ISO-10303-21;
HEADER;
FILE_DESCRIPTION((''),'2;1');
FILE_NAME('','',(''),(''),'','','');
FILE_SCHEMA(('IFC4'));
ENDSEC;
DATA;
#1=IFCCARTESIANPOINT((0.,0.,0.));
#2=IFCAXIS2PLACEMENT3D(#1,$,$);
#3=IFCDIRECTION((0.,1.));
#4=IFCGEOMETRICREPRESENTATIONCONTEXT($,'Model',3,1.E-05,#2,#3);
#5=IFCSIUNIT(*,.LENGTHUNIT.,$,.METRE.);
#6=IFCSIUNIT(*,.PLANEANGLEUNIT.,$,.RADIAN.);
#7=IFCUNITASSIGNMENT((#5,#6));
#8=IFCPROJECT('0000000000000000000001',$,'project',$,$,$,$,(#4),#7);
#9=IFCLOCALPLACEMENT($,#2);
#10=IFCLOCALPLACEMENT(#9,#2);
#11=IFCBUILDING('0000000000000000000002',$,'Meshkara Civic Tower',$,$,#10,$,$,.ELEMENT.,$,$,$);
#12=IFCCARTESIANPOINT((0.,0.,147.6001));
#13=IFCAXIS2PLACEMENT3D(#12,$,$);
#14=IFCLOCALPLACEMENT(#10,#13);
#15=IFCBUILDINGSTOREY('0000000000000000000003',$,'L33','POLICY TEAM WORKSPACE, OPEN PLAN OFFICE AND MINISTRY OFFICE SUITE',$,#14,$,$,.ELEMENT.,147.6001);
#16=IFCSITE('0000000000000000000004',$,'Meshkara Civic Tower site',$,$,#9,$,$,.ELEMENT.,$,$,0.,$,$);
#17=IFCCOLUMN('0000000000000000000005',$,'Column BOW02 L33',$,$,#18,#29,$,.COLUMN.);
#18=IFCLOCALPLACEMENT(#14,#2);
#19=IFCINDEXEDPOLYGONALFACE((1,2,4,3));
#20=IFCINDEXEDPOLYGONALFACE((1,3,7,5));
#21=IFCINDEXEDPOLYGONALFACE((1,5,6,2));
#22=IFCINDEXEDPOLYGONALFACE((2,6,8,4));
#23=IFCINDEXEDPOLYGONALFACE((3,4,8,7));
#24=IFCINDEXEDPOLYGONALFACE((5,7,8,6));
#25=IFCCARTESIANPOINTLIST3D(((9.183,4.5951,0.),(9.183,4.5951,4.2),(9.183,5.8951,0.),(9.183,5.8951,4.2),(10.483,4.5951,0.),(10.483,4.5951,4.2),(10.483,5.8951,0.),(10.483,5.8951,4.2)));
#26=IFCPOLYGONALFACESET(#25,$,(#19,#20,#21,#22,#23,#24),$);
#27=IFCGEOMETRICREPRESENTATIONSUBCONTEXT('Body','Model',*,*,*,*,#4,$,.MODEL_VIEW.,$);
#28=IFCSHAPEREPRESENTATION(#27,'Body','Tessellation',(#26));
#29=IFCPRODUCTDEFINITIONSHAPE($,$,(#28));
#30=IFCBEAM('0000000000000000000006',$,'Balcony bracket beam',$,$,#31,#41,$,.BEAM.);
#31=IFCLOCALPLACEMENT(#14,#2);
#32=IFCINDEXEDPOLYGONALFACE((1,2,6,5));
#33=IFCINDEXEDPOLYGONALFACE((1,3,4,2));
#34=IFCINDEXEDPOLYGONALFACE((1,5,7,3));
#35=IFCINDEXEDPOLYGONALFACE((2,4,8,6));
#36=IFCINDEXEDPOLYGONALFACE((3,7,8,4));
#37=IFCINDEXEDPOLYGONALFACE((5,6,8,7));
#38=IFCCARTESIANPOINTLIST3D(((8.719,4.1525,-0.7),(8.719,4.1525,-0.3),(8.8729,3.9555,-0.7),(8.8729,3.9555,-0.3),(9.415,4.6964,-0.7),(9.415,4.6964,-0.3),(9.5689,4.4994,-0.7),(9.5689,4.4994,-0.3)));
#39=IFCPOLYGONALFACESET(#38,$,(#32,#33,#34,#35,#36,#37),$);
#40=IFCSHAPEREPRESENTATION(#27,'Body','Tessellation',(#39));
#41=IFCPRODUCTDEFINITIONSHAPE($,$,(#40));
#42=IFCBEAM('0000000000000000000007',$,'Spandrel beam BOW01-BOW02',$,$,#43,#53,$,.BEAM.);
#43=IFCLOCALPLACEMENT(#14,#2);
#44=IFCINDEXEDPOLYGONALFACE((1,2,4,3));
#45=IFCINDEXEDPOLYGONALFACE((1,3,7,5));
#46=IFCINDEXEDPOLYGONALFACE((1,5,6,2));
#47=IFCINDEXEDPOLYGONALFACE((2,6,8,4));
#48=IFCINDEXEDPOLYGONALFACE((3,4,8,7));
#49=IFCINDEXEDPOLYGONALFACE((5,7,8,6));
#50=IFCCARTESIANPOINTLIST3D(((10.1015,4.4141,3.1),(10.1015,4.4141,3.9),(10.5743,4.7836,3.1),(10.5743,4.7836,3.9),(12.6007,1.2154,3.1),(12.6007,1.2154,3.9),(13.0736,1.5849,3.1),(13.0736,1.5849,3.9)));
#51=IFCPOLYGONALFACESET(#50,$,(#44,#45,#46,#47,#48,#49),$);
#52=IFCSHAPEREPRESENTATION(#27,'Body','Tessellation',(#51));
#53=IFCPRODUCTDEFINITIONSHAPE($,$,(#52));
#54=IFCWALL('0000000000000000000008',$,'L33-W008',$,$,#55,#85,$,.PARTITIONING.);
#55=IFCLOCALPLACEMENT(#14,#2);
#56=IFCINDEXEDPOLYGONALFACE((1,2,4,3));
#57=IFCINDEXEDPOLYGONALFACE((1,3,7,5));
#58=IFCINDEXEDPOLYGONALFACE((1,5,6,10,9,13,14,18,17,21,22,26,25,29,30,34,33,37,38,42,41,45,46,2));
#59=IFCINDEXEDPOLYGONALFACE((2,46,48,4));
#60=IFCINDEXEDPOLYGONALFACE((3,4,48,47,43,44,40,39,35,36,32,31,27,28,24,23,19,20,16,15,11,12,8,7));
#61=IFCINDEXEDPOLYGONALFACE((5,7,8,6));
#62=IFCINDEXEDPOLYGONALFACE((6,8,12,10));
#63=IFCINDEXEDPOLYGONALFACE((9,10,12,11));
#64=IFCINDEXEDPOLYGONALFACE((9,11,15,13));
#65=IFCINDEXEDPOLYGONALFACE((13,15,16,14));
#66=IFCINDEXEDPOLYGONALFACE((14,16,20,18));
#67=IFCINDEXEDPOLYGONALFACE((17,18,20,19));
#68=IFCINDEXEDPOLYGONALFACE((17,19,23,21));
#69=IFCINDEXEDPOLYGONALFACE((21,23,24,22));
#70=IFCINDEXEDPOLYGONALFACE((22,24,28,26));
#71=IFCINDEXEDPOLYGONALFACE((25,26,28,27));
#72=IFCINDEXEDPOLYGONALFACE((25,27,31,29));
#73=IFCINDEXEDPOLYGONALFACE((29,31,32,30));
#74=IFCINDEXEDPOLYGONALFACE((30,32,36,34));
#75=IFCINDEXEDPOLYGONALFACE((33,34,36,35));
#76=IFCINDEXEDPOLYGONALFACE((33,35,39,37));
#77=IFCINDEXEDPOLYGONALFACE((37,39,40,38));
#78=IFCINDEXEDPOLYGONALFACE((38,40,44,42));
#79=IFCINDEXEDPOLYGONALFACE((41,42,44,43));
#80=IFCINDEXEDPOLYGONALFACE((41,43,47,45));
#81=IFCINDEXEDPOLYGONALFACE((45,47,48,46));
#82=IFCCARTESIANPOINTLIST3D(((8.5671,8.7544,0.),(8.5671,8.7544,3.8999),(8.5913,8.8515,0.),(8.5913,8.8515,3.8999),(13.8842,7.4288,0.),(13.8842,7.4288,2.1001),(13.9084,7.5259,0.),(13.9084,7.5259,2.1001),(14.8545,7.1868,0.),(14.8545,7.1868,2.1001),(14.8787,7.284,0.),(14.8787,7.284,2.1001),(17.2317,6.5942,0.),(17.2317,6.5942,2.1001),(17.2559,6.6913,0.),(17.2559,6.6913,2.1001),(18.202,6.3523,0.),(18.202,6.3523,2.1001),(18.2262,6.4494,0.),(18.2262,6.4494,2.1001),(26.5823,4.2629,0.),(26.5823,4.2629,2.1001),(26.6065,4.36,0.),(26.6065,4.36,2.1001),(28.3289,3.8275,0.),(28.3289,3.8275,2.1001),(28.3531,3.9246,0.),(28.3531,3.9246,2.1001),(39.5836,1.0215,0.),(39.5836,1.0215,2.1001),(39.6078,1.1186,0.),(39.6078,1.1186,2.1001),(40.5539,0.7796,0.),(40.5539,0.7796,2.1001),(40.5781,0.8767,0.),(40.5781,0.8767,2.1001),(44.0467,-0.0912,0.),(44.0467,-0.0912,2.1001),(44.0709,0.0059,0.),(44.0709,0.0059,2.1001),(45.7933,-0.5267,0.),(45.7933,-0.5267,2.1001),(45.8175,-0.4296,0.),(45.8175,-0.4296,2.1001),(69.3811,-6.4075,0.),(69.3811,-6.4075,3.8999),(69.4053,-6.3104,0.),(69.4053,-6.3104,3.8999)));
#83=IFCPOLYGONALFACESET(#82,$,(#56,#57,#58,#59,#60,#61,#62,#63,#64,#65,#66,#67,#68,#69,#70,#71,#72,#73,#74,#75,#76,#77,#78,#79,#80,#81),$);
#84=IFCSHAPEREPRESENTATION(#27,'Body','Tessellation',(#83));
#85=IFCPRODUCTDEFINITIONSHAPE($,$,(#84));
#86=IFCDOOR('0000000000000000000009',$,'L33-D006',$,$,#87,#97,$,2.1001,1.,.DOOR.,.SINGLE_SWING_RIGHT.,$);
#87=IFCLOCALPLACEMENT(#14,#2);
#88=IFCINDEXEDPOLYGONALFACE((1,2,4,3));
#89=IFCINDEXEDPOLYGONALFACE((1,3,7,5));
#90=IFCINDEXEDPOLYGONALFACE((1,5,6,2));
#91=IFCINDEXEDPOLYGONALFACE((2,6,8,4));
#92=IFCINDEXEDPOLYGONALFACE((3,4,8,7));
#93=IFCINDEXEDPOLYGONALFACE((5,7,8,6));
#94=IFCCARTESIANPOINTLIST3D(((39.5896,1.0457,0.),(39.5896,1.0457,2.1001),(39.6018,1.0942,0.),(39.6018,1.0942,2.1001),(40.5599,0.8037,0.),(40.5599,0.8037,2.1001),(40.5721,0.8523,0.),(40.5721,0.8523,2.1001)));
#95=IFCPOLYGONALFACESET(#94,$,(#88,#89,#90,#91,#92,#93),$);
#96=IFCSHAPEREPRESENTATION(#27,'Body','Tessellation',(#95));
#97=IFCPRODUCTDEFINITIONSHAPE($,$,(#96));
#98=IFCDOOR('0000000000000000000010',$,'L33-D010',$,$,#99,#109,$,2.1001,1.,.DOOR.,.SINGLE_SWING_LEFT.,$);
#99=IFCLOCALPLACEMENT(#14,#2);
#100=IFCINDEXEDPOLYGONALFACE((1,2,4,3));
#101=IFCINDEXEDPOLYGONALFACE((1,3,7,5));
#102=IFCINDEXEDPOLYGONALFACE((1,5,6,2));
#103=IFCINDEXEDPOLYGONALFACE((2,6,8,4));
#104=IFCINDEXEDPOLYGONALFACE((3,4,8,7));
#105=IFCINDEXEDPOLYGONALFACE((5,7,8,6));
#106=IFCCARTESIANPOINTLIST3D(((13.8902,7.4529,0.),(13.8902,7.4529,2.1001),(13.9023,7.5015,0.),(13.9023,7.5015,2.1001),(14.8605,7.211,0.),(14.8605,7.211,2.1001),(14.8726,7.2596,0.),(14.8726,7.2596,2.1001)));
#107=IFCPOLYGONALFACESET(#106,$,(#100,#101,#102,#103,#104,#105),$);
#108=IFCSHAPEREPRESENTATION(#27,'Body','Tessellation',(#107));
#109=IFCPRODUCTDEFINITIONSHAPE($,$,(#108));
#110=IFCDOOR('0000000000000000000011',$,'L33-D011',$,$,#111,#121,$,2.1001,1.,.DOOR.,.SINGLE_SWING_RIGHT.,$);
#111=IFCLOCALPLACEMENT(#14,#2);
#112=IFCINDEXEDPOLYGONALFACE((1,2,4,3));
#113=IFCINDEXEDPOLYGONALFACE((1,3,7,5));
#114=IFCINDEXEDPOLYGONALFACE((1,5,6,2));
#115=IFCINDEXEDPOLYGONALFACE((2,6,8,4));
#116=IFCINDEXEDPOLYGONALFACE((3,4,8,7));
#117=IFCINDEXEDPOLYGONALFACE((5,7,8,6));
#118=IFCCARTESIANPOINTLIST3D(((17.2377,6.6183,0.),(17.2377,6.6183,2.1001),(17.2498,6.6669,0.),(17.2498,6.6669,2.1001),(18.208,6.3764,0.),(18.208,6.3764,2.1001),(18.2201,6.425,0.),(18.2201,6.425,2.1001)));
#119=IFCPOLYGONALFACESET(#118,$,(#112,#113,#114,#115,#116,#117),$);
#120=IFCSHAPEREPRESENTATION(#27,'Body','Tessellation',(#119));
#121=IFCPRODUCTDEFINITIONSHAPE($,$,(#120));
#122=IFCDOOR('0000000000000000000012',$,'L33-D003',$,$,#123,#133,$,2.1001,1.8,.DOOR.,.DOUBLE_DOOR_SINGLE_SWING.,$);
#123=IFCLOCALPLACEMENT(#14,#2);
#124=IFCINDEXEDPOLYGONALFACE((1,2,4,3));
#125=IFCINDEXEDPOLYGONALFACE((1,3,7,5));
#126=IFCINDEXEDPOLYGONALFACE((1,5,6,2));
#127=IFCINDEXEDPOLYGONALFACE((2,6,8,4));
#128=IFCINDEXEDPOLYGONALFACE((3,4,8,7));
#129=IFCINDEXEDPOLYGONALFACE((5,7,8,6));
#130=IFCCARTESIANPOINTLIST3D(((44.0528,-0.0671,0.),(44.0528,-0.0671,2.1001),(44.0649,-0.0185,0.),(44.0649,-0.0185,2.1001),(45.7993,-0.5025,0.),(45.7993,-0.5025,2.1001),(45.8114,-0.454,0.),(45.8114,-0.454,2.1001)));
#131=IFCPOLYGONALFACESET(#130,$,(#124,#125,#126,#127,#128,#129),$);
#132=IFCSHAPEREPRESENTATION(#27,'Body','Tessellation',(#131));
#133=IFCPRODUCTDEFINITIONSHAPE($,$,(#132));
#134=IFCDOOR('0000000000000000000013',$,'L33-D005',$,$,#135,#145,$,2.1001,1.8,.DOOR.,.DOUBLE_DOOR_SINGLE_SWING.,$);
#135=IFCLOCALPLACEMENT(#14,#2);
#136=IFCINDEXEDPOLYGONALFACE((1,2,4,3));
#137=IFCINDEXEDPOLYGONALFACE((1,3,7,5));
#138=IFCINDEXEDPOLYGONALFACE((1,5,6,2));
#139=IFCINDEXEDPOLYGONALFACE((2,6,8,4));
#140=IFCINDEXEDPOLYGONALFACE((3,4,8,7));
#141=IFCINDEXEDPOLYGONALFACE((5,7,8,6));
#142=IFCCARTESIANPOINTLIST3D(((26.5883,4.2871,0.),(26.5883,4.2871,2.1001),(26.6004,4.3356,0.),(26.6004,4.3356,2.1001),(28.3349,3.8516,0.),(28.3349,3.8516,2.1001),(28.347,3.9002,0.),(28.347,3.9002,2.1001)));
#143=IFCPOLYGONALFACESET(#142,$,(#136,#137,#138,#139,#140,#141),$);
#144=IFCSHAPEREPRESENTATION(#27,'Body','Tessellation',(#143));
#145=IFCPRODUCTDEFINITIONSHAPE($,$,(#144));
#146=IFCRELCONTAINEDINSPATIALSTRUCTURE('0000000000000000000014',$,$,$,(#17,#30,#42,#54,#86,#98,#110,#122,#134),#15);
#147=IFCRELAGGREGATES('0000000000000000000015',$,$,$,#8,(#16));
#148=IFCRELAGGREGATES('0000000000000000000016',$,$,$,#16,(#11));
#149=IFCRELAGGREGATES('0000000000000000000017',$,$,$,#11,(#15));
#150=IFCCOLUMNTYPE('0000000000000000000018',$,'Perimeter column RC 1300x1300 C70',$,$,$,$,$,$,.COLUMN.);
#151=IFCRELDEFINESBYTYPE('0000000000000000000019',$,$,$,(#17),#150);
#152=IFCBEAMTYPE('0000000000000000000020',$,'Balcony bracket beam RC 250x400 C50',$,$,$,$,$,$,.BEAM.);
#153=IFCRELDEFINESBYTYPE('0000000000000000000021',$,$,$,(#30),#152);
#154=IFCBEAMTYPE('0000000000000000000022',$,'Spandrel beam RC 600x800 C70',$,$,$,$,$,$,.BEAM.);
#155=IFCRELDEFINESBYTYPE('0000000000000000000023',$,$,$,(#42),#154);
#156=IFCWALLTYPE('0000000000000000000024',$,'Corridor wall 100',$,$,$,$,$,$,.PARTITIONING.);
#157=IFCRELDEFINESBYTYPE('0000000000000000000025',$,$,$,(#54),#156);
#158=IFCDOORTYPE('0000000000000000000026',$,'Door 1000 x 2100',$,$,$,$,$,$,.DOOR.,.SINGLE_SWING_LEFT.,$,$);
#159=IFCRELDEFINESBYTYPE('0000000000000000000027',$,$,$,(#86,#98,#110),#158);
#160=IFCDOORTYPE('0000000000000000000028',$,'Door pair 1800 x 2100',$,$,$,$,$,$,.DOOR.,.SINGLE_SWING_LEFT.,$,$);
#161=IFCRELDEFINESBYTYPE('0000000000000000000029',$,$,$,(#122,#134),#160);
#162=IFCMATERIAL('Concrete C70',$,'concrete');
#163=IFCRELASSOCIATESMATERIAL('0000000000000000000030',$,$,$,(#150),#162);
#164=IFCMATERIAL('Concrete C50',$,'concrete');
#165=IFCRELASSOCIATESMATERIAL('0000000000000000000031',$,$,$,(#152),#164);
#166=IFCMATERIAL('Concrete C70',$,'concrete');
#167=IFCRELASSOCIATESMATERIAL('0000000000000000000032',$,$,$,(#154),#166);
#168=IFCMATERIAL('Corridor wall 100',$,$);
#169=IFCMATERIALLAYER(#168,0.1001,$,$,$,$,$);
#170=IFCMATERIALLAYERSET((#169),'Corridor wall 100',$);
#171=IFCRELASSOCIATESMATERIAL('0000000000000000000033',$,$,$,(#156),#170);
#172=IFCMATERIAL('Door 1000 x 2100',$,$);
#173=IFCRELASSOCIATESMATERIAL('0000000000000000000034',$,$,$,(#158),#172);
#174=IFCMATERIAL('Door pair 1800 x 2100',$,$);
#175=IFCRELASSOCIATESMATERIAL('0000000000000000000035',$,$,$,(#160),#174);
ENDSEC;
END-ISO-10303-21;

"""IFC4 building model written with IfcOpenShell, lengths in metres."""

from ifc_helpers import new_model, si_unit, direction, frame, frame_2d, origin, origin_2d, place, context, subcontext, project, spatial, rectangle, extrude, material, layer, layer_set, material_profile, profile_set, type_object, element, fill, save


model = new_model("IFC4")

# Units and contexts
model_context = context("Model", 3, precision=1e-05, world=origin(), true_north=direction((0.0, 1.0)))
body_context = subcontext(model_context, "Body", "Model", "MODEL_VIEW")
ifc_project = project(units=[si_unit("LENGTHUNIT", "METRE"), si_unit("PLANEANGLEUNIT", "RADIAN")], contexts=[model_context])

# Site, building, storey
site_placement = place(None, origin())
site = spatial("IfcSite", under=ifc_project, at=site_placement, Name="Meshkara Civic Tower site", CompositionType="ELEMENT", RefElevation=0.0)
building_placement = place(site_placement, origin())
building = spatial("IfcBuilding", under=site, at=building_placement, Name="Meshkara Civic Tower", CompositionType="ELEMENT")
storey_placement = place(building_placement, frame((0.0, 0.0, 147.6001)))
storey = spatial("IfcBuildingStorey", under=building, at=storey_placement, Name="L33", Description="POLICY TEAM WORKSPACE, OPEN PLAN OFFICE AND MINISTRY OFFICE SUITE", CompositionType="ELEMENT", Elevation=147.6001)

# Column
ifc_material_1 = material(Name="Concrete C70", Category="concrete")
ifc_material_profile_1 = material_profile(ifc_material_1, rectangle(XDim=1.3, YDim=1.3, at=origin_2d()))
ifc_profile_set_1 = profile_set([ifc_material_profile_1], Name="Concrete C70")
column_type = type_object("IfcColumnType", Name="Perimeter column RC 1300x1300 C70", PredefinedType="COLUMN", material=ifc_profile_set_1)
column_placement = place(storey_placement, frame((9.833, 5.2451, 0.0), z_axis=(0.0, 0.0, 1.0), x_axis=(1.0, 0.0, 0.0)))
element("IfcColumn", 1, at=column_placement, inside=storey, type_object=column_type, Name="Column BOW02 L33", PredefinedType="COLUMN", context=body_context, shape_type="SweptSolid", body=[
    extrude(rectangle(XDim=1.3, YDim=1.3, at=origin_2d()), origin(), (0.0, 0.0, 1.0), 4.2),
])

# Beams
ifc_material_2 = material(Name="Concrete C50", Category="concrete")
ifc_material_profile_2 = material_profile(ifc_material_2, rectangle(XDim=0.25, YDim=0.3999, at=origin_2d()))
ifc_profile_set_2 = profile_set([ifc_material_profile_2], Name="Concrete C50")
beam_type_1 = type_object("IfcBeamType", Name="Balcony bracket beam RC 250x400 C50", PredefinedType="BEAM", material=ifc_profile_set_2)
beam_1_placement = place(storey_placement, frame((9.4919, 4.5979, -0.5), z_axis=(-0.787936, -0.615757, 0.0), x_axis=(0.615757, -0.787936, 0.0)))
element("IfcBeam", 2, at=beam_1_placement, inside=storey, type_object=beam_type_1, Name="Balcony bracket beam", PredefinedType="BEAM", context=body_context, shape_type="SweptSolid", body=[
    extrude(rectangle(XDim=0.25, YDim=0.3999, at=origin_2d()), origin(), (0.0, 0.0, 1.0), 0.8833),
])
ifc_material_3 = material(Name="Concrete C70", Category="concrete")
ifc_material_profile_3 = material_profile(ifc_material_3, rectangle(XDim=0.6001, YDim=0.8, at=origin_2d()))
ifc_profile_set_3 = profile_set([ifc_material_profile_3], Name="Concrete C70")
beam_type_2 = type_object("IfcBeamType", Name="Spandrel beam RC 600x800 C70", PredefinedType="BEAM", material=ifc_profile_set_3)
beam_2_placement = place(storey_placement, frame((10.3379, 4.5989, 3.5), z_axis=(0.615684, -0.787993, 0.0), x_axis=(0.787993, 0.615684, 0.0)))
element("IfcBeam", 3, at=beam_2_placement, inside=storey, type_object=beam_type_2, Name="Spandrel beam BOW01-BOW02", PredefinedType="BEAM", context=body_context, shape_type="SweptSolid", body=[
    extrude(rectangle(XDim=0.6001, YDim=0.8, at=origin_2d()), origin(), (0.0, 0.0, 1.0), 4.0593),
])

# Wall, openings, doors
ifc_material_4 = material(Name="Corridor wall 100")
ifc_layer_1 = layer(ifc_material_4, 0.1001)
ifc_layer_set_1 = layer_set([ifc_layer_1], Name="Corridor wall 100")
wall_type_1 = type_object("IfcWallType", Name="Corridor wall 100", PredefinedType="PARTITIONING", material=ifc_layer_set_1)
wall_1_placement = place(storey_placement, frame((8.5791, 8.803, 0.0), z_axis=(0.0, 0.0, 1.0), x_axis=(0.970299, -0.24191, 0.0)))
wall_1 = element("IfcWall", 4, at=wall_1_placement, inside=storey, type_object=wall_type_1, Name="L33-W008", PredefinedType="PARTITIONING", context=body_context, shape_type="SweptSolid", body=[
    extrude(rectangle(XDim=62.6755, YDim=0.1001, at=frame_2d((31.3379, 0.0))), origin(), (0.0, 0.0, 1.0), 3.8999),
])
opening_1_placement = place(wall_1_placement, frame((36.5659, 0.0, 0.0)))
opening_1 = element("IfcOpeningElement", 5, at=opening_1_placement, cuts=wall_1, PredefinedType="OPENING", context=body_context, shape_type="SweptSolid", body=[
    extrude(rectangle(XDim=1.8, YDim=2.1001, at=frame_2d((0.8999, 1.05))), frame((0.0, 0.0601, 0.0), z_axis=(0.0, -1.0, 0.0), x_axis=(1.0, 0.0, 0.0)), (0.0, 0.0, 1.0), 0.1201),
])
opening_2_placement = place(wall_1_placement, frame((18.5669, 0.0, 0.0)))
opening_2 = element("IfcOpeningElement", 6, at=opening_2_placement, cuts=wall_1, PredefinedType="OPENING", context=body_context, shape_type="SweptSolid", body=[
    extrude(rectangle(XDim=1.8, YDim=2.1001, at=frame_2d((0.8999, 1.05))), frame((0.0, 0.0601, 0.0), z_axis=(0.0, -1.0, 0.0), x_axis=(1.0, 0.0, 0.0)), (0.0, 0.0, 1.0), 0.1201),
])
opening_3_placement = place(wall_1_placement, frame((31.9661, 0.0, 0.0)))
opening_3 = element("IfcOpeningElement", 7, at=opening_3_placement, cuts=wall_1, PredefinedType="OPENING", context=body_context, shape_type="SweptSolid", body=[
    extrude(rectangle(XDim=1.0, YDim=2.1001, at=frame_2d((0.5, 1.05))), frame((0.0, 0.0601, 0.0), z_axis=(0.0, -1.0, 0.0), x_axis=(1.0, 0.0, 0.0)), (0.0, 0.0, 1.0), 0.1201),
])
opening_4_placement = place(wall_1_placement, frame((5.48, 0.0, 0.0)))
opening_4 = element("IfcOpeningElement", 8, at=opening_4_placement, cuts=wall_1, PredefinedType="OPENING", context=body_context, shape_type="SweptSolid", body=[
    extrude(rectangle(XDim=1.0, YDim=2.1001, at=frame_2d((0.5, 1.05))), frame((0.0, 0.0601, 0.0), z_axis=(0.0, -1.0, 0.0), x_axis=(1.0, 0.0, 0.0)), (0.0, 0.0, 1.0), 0.1201),
])
opening_5_placement = place(wall_1_placement, frame((8.9299, 0.0, 0.0)))
opening_5 = element("IfcOpeningElement", 9, at=opening_5_placement, cuts=wall_1, PredefinedType="OPENING", context=body_context, shape_type="SweptSolid", body=[
    extrude(rectangle(XDim=1.0, YDim=2.1001, at=frame_2d((0.5, 1.05))), frame((0.0, 0.0601, 0.0), z_axis=(0.0, -1.0, 0.0), x_axis=(1.0, 0.0, 0.0)), (0.0, 0.0, 1.0), 0.1201),
])
ifc_material_5 = material(Name="Door 1000 x 2100")
door_type_1 = type_object("IfcDoorType", Name="Door 1000 x 2100", OperationType="SINGLE_SWING_LEFT", PredefinedType="DOOR", material=ifc_material_5)
door_1_placement = place(opening_3_placement, origin())
door_1 = element("IfcDoor", 10, at=door_1_placement, inside=storey, type_object=door_type_1, Name="L33-D006", OperationType="SINGLE_SWING_RIGHT", OverallHeight=2.1001, OverallWidth=1.0, PredefinedType="DOOR", context=body_context, shape_type="SweptSolid", body=[
    extrude(rectangle(XDim=1.0, YDim=2.1001, at=frame_2d((0.5, 1.05))), frame((0.0, 0.0249, 0.0), z_axis=(0.0, -1.0, 0.0), x_axis=(1.0, 0.0, 0.0)), (0.0, 0.0, 1.0), 0.05),
])
fill(opening_3, door_1)
door_2_placement = place(opening_4_placement, origin())
door_2 = element("IfcDoor", 11, at=door_2_placement, inside=storey, type_object=door_type_1, Name="L33-D010", OperationType="SINGLE_SWING_LEFT", OverallHeight=2.1001, OverallWidth=1.0, PredefinedType="DOOR", context=body_context, shape_type="SweptSolid", body=[
    extrude(rectangle(XDim=1.0, YDim=2.1001, at=frame_2d((0.5, 1.05))), frame((0.0, 0.0249, 0.0), z_axis=(0.0, -1.0, 0.0), x_axis=(1.0, 0.0, 0.0)), (0.0, 0.0, 1.0), 0.05),
])
fill(opening_4, door_2)
door_3_placement = place(opening_5_placement, origin())
door_3 = element("IfcDoor", 12, at=door_3_placement, inside=storey, type_object=door_type_1, Name="L33-D011", OperationType="SINGLE_SWING_RIGHT", OverallHeight=2.1001, OverallWidth=1.0, PredefinedType="DOOR", context=body_context, shape_type="SweptSolid", body=[
    extrude(rectangle(XDim=1.0, YDim=2.1001, at=frame_2d((0.5, 1.05))), frame((0.0, 0.0249, 0.0), z_axis=(0.0, -1.0, 0.0), x_axis=(1.0, 0.0, 0.0)), (0.0, 0.0, 1.0), 0.05),
])
fill(opening_5, door_3)
ifc_material_6 = material(Name="Door pair 1800 x 2100")
door_type_2 = type_object("IfcDoorType", Name="Door pair 1800 x 2100", OperationType="SINGLE_SWING_LEFT", PredefinedType="DOOR", material=ifc_material_6)
door_4_placement = place(opening_1_placement, origin())
door_4 = element("IfcDoor", 13, at=door_4_placement, inside=storey, type_object=door_type_2, Name="L33-D003", OperationType="DOUBLE_DOOR_SINGLE_SWING", OverallHeight=2.1001, OverallWidth=1.8, PredefinedType="DOOR", context=body_context, shape_type="SweptSolid", body=[
    extrude(rectangle(XDim=1.8, YDim=2.1001, at=frame_2d((0.8999, 1.05))), frame((0.0, 0.0249, 0.0), z_axis=(0.0, -1.0, 0.0), x_axis=(1.0, 0.0, 0.0)), (0.0, 0.0, 1.0), 0.05),
])
fill(opening_1, door_4)
door_5_placement = place(opening_2_placement, origin())
door_5 = element("IfcDoor", 14, at=door_5_placement, inside=storey, type_object=door_type_2, Name="L33-D005", OperationType="DOUBLE_DOOR_SINGLE_SWING", OverallHeight=2.1001, OverallWidth=1.8, PredefinedType="DOOR", context=body_context, shape_type="SweptSolid", body=[
    extrude(rectangle(XDim=1.8, YDim=2.1001, at=frame_2d((0.8999, 1.05))), frame((0.0, 0.0249, 0.0), z_axis=(0.0, -1.0, 0.0), x_axis=(1.0, 0.0, 0.0)), (0.0, 0.0, 1.0), 0.05),
])
fill(opening_2, door_5)

save(model, "model.ifc")
